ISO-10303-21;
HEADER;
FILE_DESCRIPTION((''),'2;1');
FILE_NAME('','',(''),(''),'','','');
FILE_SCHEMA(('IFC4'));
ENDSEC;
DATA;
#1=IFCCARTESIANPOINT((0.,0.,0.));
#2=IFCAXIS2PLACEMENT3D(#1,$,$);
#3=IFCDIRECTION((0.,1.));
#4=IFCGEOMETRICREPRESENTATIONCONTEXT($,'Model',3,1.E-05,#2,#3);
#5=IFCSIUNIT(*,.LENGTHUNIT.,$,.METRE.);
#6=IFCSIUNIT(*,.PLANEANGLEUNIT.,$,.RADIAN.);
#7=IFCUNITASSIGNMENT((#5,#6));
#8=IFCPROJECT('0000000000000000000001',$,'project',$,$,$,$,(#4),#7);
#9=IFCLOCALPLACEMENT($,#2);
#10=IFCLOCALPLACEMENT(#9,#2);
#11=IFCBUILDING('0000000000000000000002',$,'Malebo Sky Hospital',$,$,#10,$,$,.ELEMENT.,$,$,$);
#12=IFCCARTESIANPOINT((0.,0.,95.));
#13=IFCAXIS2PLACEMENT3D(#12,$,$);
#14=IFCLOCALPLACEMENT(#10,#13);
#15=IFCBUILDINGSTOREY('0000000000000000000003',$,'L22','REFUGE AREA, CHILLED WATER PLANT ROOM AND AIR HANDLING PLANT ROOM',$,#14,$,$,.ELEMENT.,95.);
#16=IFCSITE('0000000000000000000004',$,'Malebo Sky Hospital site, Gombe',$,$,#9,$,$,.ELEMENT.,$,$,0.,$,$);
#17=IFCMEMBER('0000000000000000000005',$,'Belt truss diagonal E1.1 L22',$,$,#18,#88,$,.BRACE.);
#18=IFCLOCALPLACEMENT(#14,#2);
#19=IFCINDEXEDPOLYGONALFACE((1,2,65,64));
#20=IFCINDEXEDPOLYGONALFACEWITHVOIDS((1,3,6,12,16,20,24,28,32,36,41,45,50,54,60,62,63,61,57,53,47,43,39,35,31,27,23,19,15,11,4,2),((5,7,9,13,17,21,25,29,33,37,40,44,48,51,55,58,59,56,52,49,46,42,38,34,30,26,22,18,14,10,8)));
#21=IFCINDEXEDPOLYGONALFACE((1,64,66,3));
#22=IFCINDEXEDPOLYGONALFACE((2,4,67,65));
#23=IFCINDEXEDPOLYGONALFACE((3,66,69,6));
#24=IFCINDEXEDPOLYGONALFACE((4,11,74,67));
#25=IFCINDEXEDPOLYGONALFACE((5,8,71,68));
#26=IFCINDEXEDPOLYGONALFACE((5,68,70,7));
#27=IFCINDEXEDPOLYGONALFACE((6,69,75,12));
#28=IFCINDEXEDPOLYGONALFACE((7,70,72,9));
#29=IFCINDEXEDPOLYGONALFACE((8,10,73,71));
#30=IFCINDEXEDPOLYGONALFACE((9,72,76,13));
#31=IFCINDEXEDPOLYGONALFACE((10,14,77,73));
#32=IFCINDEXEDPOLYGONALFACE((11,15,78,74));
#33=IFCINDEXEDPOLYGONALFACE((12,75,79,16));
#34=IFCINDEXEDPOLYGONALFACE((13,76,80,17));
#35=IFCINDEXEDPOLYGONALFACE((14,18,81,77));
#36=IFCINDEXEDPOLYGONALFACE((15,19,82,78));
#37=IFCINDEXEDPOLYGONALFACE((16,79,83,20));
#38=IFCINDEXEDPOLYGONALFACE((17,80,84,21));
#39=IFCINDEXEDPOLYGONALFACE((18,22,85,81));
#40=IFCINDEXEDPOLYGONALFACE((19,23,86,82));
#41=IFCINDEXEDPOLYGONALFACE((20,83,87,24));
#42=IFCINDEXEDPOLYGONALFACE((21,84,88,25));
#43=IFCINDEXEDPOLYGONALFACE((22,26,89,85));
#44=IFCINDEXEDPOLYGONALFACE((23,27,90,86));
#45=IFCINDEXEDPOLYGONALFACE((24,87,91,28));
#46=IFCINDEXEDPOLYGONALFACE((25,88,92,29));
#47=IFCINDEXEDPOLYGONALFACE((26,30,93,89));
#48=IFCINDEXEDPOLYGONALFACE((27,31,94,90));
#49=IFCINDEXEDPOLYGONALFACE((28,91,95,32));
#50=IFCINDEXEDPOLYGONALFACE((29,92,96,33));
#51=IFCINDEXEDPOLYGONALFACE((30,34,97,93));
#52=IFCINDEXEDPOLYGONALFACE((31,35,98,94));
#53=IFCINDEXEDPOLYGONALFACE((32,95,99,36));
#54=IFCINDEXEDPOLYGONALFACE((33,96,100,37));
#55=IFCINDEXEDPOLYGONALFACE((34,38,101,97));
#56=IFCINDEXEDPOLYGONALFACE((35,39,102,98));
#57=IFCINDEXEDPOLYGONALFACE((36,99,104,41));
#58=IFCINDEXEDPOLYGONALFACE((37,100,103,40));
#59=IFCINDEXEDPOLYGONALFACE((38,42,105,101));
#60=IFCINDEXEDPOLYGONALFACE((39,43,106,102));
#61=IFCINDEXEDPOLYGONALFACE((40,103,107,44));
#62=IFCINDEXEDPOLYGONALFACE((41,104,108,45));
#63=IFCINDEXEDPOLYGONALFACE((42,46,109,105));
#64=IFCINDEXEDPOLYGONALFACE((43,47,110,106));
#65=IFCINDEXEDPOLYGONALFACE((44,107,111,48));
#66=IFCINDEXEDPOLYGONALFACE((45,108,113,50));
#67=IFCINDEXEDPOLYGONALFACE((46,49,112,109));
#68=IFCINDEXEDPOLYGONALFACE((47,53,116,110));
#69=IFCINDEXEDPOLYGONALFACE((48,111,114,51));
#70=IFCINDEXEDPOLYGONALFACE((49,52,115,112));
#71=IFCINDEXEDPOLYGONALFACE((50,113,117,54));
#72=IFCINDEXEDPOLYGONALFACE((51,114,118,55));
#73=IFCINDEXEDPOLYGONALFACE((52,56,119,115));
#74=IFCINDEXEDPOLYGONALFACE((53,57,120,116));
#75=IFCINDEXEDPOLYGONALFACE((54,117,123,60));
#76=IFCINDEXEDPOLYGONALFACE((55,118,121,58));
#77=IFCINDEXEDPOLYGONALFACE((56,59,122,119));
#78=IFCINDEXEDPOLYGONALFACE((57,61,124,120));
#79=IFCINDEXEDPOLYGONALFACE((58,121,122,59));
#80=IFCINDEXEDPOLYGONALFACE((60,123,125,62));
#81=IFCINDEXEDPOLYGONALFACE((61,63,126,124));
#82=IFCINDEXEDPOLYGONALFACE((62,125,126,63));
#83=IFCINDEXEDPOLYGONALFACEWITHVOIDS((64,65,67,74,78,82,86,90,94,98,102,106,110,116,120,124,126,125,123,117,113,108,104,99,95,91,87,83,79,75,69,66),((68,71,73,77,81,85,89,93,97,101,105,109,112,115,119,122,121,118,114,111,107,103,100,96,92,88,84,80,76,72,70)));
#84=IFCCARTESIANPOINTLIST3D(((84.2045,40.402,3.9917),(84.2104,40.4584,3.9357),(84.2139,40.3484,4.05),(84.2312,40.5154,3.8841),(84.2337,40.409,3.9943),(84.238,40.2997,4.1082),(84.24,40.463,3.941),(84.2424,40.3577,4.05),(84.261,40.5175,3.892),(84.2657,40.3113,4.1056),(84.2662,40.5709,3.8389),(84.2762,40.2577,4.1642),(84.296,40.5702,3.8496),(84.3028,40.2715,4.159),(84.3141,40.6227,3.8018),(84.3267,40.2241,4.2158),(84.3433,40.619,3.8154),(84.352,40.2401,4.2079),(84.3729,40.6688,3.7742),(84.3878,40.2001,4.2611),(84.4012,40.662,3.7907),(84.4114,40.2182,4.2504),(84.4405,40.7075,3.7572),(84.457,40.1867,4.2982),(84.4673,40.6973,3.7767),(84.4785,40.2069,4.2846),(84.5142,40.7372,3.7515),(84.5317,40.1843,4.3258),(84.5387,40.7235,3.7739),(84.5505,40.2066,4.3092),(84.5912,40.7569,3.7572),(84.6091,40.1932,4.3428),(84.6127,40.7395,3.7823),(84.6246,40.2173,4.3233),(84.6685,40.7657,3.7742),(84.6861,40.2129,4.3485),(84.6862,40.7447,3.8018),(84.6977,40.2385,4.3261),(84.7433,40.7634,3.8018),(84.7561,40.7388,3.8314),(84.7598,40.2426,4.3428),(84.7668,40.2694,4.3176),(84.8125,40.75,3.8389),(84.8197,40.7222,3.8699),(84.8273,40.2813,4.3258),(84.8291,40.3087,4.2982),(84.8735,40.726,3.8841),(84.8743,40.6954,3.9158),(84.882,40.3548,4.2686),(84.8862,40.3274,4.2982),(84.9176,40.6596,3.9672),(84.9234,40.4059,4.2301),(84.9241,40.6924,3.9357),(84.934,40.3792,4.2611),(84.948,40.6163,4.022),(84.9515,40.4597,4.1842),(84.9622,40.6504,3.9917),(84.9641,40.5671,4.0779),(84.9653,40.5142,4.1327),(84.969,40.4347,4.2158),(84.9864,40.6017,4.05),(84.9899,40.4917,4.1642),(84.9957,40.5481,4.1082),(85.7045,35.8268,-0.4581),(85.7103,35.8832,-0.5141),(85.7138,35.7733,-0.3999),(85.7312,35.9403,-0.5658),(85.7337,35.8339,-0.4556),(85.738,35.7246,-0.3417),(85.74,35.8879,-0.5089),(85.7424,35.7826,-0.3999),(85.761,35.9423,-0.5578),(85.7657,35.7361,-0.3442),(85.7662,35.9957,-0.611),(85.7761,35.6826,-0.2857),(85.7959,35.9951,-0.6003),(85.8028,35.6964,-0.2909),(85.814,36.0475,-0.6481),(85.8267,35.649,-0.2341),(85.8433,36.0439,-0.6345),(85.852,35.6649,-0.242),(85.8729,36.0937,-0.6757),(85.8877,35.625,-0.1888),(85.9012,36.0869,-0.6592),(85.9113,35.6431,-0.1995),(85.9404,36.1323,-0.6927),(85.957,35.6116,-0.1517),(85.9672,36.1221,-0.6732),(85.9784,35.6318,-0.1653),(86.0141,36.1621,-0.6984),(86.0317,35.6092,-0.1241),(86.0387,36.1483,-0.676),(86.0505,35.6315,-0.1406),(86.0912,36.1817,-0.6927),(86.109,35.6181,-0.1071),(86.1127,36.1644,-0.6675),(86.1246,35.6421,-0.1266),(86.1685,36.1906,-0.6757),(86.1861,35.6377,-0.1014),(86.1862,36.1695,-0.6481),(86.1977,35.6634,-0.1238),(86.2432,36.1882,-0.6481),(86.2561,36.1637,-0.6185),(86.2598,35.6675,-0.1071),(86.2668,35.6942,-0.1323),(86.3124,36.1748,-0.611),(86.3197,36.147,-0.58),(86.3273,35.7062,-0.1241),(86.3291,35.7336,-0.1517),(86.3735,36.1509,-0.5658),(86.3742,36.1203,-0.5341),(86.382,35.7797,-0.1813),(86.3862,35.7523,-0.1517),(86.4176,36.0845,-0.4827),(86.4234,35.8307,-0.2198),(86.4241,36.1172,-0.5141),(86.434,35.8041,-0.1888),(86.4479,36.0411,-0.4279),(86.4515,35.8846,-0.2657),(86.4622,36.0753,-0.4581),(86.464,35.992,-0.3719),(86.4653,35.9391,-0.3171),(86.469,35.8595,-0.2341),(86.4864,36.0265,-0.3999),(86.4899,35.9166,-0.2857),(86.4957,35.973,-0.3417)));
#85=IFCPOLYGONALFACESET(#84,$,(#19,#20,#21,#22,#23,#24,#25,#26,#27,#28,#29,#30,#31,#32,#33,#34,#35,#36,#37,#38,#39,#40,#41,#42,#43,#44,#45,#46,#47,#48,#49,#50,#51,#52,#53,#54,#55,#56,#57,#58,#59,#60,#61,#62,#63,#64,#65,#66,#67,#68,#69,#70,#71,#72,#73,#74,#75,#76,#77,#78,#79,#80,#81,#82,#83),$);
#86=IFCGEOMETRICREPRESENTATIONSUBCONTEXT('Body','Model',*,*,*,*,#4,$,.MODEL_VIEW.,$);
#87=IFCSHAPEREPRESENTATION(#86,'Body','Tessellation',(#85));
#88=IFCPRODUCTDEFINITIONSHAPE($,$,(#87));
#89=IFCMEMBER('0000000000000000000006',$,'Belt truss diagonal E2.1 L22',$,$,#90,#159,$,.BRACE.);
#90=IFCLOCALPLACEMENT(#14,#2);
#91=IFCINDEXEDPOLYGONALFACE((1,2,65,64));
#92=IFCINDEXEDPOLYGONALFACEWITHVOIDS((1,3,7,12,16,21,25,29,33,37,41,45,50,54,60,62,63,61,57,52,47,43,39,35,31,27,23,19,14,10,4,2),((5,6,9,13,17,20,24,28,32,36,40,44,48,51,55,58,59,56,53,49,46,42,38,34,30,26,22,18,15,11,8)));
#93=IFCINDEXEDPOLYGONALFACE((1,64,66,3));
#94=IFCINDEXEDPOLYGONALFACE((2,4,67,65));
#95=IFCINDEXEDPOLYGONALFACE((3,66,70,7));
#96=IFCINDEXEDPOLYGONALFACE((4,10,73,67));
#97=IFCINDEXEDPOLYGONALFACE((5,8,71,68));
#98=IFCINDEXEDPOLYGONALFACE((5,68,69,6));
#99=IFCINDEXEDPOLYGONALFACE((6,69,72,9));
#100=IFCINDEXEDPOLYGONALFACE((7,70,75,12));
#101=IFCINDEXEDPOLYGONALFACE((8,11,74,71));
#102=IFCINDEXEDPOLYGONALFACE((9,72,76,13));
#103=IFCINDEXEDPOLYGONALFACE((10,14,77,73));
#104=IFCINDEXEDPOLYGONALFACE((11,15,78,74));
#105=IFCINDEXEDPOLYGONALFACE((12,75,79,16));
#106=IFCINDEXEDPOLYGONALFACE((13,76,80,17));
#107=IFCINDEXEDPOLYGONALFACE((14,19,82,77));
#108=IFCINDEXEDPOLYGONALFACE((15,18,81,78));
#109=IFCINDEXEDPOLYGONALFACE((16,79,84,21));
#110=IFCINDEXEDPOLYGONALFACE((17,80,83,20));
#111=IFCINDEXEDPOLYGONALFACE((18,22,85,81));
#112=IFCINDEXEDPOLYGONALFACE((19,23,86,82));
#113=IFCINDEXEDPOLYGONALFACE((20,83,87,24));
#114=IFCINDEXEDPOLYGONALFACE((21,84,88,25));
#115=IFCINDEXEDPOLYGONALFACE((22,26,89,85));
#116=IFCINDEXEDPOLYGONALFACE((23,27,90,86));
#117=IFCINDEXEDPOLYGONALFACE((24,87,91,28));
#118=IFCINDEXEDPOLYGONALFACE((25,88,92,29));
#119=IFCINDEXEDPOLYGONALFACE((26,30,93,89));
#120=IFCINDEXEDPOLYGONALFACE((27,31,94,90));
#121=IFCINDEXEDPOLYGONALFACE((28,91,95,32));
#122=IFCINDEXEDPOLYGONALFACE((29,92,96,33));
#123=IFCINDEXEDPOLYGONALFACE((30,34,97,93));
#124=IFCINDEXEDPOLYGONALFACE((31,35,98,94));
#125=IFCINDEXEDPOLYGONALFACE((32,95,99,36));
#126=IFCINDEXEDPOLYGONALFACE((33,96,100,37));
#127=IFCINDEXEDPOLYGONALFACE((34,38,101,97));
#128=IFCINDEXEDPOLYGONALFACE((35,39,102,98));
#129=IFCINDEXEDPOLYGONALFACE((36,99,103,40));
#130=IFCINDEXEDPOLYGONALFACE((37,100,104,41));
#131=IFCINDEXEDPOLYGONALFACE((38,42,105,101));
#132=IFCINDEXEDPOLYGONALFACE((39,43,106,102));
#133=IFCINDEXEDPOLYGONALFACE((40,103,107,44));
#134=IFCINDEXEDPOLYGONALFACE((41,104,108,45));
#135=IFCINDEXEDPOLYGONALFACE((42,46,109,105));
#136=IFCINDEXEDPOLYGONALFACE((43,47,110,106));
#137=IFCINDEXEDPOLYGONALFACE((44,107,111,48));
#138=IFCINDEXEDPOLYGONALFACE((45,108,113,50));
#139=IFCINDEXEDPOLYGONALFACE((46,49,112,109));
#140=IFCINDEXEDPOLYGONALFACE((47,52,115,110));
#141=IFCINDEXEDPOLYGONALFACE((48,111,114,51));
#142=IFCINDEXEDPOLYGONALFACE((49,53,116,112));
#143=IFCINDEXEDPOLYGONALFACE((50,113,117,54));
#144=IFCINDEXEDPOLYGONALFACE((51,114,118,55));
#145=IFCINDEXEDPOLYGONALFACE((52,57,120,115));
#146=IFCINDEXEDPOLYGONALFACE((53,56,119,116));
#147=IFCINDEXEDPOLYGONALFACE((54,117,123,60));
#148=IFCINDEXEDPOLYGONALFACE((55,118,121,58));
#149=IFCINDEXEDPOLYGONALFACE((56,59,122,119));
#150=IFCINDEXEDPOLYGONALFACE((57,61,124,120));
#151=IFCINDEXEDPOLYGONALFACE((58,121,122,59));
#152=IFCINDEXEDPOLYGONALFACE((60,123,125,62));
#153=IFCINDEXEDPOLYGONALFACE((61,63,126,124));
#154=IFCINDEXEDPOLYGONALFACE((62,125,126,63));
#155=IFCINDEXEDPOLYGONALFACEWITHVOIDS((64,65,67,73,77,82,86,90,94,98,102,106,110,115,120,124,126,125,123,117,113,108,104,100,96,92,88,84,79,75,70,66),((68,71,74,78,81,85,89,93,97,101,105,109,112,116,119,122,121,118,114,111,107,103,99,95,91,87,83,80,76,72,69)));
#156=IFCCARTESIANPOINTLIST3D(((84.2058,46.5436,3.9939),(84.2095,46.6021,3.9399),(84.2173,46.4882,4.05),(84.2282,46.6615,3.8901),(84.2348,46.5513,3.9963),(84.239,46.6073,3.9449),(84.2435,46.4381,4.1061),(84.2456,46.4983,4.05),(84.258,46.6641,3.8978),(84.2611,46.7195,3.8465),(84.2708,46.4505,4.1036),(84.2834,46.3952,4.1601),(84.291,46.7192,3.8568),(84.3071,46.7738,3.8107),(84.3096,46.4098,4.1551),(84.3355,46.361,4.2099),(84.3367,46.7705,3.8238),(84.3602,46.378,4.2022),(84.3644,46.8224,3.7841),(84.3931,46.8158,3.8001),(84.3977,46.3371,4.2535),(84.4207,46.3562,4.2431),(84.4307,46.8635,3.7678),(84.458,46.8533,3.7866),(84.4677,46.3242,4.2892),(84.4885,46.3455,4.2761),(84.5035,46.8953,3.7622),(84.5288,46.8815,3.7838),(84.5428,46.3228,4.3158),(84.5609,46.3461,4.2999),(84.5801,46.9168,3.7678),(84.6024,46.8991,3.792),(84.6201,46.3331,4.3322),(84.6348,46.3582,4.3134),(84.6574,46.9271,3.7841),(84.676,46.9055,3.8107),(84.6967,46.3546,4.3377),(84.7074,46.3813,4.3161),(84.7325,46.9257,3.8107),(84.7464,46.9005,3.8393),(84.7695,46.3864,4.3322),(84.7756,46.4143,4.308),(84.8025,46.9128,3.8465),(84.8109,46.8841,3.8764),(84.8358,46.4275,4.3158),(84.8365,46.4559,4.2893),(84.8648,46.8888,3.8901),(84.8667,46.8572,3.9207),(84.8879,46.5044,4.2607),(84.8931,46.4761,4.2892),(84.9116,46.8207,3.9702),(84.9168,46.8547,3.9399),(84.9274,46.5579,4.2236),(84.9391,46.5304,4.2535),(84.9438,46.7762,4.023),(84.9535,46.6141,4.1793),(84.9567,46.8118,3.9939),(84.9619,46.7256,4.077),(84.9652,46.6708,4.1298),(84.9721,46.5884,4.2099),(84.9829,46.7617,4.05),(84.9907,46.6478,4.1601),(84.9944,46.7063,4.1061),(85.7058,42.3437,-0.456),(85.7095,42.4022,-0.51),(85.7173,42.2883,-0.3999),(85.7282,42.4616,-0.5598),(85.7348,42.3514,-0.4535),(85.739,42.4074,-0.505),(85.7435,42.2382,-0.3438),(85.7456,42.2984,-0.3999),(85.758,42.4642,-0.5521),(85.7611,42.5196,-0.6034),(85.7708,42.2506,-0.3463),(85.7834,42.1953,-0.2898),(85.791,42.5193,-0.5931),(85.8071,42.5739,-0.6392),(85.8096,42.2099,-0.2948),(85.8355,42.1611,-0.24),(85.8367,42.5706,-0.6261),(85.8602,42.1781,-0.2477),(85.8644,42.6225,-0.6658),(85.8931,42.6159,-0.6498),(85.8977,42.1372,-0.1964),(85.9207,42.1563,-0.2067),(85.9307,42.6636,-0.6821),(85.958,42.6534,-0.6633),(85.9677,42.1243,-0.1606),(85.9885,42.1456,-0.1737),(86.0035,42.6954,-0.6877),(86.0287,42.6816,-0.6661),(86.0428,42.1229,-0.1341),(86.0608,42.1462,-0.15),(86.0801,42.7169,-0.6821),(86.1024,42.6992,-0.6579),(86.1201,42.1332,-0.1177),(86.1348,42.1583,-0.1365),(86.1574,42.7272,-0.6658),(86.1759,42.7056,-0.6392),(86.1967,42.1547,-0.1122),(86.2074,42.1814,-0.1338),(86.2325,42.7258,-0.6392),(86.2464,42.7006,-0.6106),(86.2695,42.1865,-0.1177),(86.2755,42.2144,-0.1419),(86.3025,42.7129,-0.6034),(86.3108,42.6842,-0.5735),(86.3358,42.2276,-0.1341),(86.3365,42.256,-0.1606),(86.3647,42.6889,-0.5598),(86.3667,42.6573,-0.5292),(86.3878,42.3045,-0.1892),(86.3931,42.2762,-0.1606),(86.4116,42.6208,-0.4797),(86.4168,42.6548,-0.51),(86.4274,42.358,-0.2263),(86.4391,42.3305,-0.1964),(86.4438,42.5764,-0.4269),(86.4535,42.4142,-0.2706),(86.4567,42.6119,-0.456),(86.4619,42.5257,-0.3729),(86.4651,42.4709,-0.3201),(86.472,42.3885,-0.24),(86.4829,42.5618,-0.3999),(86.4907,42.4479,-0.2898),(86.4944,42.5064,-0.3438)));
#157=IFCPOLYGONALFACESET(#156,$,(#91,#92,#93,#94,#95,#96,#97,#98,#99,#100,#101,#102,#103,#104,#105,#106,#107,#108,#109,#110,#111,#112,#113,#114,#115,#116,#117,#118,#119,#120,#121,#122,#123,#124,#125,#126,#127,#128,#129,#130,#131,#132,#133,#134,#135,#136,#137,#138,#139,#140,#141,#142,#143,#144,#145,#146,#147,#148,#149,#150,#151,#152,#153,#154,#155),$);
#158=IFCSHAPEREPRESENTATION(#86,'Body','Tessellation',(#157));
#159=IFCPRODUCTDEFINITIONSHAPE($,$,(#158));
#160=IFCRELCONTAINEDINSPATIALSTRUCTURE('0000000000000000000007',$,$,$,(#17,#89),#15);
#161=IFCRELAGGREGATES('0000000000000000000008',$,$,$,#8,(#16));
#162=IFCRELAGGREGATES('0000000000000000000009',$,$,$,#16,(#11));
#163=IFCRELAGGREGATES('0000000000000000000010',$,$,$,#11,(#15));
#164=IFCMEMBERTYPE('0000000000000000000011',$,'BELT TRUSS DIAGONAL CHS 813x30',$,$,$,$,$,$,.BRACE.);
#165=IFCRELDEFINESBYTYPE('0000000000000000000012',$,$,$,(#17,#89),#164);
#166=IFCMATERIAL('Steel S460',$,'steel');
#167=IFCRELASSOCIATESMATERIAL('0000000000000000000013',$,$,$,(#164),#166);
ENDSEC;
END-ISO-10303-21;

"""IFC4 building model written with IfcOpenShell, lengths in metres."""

from ifc_helpers import new_model, si_unit, direction, frame, origin, origin_2d, place, context, subcontext, project, spatial, hollow_circle, extrude, material, material_profile, profile_set, type_object, element, save


model = new_model("IFC4")

# Units and contexts
model_context = context("Model", 3, precision=1e-05, world=origin(), true_north=direction((0.0, 1.0)))
body_context = subcontext(model_context, "Body", "Model", "MODEL_VIEW")
ifc_project = project(units=[si_unit("LENGTHUNIT", "METRE"), si_unit("PLANEANGLEUNIT", "RADIAN")], contexts=[model_context])

# Site, building, storey
site_placement = place(None, origin())
site = spatial("IfcSite", under=ifc_project, at=site_placement, Name="Malebo Sky Hospital site, Gombe", CompositionType="ELEMENT", RefElevation=0.0)
building_placement = place(site_placement, origin())
building = spatial("IfcBuilding", under=site, at=building_placement, Name="Malebo Sky Hospital", CompositionType="ELEMENT")
storey_placement = place(building_placement, frame((0.0, 0.0, 95.0)))
storey = spatial("IfcBuildingStorey", under=building, at=storey_placement, Name="L22", Description="REFUGE AREA, CHILLED WATER PLANT ROOM AND AIR HANDLING PLANT ROOM", CompositionType="ELEMENT", Elevation=95.0)

# Members
ifc_material_1 = material(Name="Steel S460", Category="steel")
ifc_material_profile_1 = material_profile(ifc_material_1, hollow_circle(Radius=0.4065, WallThickness=0.03, at=origin_2d()), Name="CHS 813x30")
ifc_profile_set_1 = profile_set([ifc_material_profile_1], Name="Steel S460")
member_type_1 = type_object("IfcMemberType", Name="BELT TRUSS DIAGONAL CHS 813x30", PredefinedType="BRACE", material=ifc_profile_set_1)
member_1_placement = place(storey_placement, frame((86.1001, 35.8999, -0.3999), z_axis=(-0.228789, 0.697837, 0.678734), x_axis=(-0.950233, -0.311539, 0.0)))
element("IfcMember", 1, at=member_1_placement, inside=storey, type_object=member_type_1, Name="Belt truss diagonal E1.1 L22", PredefinedType="BRACE", context=body_context, shape_type="SweptSolid", body=[
    extrude(hollow_circle(Radius=0.4065, WallThickness=0.03, at=origin_2d()), origin(), (0.0, 0.0, 1.0), 6.5562),
])
member_2_placement = place(storey_placement, frame((86.1001, 42.425, -0.3999), z_axis=(-0.23809, 0.666645, 0.706327), x_axis=(-0.941741, -0.33634, 0.0)))
element("IfcMember", 2, at=member_2_placement, inside=storey, type_object=member_type_1, Name="Belt truss diagonal E2.1 L22", PredefinedType="BRACE", context=body_context, shape_type="SweptSolid", body=[
    extrude(hollow_circle(Radius=0.4065, WallThickness=0.03, at=origin_2d()), origin(), (0.0, 0.0, 1.0), 6.3),
])

save(model, "model.ifc")
